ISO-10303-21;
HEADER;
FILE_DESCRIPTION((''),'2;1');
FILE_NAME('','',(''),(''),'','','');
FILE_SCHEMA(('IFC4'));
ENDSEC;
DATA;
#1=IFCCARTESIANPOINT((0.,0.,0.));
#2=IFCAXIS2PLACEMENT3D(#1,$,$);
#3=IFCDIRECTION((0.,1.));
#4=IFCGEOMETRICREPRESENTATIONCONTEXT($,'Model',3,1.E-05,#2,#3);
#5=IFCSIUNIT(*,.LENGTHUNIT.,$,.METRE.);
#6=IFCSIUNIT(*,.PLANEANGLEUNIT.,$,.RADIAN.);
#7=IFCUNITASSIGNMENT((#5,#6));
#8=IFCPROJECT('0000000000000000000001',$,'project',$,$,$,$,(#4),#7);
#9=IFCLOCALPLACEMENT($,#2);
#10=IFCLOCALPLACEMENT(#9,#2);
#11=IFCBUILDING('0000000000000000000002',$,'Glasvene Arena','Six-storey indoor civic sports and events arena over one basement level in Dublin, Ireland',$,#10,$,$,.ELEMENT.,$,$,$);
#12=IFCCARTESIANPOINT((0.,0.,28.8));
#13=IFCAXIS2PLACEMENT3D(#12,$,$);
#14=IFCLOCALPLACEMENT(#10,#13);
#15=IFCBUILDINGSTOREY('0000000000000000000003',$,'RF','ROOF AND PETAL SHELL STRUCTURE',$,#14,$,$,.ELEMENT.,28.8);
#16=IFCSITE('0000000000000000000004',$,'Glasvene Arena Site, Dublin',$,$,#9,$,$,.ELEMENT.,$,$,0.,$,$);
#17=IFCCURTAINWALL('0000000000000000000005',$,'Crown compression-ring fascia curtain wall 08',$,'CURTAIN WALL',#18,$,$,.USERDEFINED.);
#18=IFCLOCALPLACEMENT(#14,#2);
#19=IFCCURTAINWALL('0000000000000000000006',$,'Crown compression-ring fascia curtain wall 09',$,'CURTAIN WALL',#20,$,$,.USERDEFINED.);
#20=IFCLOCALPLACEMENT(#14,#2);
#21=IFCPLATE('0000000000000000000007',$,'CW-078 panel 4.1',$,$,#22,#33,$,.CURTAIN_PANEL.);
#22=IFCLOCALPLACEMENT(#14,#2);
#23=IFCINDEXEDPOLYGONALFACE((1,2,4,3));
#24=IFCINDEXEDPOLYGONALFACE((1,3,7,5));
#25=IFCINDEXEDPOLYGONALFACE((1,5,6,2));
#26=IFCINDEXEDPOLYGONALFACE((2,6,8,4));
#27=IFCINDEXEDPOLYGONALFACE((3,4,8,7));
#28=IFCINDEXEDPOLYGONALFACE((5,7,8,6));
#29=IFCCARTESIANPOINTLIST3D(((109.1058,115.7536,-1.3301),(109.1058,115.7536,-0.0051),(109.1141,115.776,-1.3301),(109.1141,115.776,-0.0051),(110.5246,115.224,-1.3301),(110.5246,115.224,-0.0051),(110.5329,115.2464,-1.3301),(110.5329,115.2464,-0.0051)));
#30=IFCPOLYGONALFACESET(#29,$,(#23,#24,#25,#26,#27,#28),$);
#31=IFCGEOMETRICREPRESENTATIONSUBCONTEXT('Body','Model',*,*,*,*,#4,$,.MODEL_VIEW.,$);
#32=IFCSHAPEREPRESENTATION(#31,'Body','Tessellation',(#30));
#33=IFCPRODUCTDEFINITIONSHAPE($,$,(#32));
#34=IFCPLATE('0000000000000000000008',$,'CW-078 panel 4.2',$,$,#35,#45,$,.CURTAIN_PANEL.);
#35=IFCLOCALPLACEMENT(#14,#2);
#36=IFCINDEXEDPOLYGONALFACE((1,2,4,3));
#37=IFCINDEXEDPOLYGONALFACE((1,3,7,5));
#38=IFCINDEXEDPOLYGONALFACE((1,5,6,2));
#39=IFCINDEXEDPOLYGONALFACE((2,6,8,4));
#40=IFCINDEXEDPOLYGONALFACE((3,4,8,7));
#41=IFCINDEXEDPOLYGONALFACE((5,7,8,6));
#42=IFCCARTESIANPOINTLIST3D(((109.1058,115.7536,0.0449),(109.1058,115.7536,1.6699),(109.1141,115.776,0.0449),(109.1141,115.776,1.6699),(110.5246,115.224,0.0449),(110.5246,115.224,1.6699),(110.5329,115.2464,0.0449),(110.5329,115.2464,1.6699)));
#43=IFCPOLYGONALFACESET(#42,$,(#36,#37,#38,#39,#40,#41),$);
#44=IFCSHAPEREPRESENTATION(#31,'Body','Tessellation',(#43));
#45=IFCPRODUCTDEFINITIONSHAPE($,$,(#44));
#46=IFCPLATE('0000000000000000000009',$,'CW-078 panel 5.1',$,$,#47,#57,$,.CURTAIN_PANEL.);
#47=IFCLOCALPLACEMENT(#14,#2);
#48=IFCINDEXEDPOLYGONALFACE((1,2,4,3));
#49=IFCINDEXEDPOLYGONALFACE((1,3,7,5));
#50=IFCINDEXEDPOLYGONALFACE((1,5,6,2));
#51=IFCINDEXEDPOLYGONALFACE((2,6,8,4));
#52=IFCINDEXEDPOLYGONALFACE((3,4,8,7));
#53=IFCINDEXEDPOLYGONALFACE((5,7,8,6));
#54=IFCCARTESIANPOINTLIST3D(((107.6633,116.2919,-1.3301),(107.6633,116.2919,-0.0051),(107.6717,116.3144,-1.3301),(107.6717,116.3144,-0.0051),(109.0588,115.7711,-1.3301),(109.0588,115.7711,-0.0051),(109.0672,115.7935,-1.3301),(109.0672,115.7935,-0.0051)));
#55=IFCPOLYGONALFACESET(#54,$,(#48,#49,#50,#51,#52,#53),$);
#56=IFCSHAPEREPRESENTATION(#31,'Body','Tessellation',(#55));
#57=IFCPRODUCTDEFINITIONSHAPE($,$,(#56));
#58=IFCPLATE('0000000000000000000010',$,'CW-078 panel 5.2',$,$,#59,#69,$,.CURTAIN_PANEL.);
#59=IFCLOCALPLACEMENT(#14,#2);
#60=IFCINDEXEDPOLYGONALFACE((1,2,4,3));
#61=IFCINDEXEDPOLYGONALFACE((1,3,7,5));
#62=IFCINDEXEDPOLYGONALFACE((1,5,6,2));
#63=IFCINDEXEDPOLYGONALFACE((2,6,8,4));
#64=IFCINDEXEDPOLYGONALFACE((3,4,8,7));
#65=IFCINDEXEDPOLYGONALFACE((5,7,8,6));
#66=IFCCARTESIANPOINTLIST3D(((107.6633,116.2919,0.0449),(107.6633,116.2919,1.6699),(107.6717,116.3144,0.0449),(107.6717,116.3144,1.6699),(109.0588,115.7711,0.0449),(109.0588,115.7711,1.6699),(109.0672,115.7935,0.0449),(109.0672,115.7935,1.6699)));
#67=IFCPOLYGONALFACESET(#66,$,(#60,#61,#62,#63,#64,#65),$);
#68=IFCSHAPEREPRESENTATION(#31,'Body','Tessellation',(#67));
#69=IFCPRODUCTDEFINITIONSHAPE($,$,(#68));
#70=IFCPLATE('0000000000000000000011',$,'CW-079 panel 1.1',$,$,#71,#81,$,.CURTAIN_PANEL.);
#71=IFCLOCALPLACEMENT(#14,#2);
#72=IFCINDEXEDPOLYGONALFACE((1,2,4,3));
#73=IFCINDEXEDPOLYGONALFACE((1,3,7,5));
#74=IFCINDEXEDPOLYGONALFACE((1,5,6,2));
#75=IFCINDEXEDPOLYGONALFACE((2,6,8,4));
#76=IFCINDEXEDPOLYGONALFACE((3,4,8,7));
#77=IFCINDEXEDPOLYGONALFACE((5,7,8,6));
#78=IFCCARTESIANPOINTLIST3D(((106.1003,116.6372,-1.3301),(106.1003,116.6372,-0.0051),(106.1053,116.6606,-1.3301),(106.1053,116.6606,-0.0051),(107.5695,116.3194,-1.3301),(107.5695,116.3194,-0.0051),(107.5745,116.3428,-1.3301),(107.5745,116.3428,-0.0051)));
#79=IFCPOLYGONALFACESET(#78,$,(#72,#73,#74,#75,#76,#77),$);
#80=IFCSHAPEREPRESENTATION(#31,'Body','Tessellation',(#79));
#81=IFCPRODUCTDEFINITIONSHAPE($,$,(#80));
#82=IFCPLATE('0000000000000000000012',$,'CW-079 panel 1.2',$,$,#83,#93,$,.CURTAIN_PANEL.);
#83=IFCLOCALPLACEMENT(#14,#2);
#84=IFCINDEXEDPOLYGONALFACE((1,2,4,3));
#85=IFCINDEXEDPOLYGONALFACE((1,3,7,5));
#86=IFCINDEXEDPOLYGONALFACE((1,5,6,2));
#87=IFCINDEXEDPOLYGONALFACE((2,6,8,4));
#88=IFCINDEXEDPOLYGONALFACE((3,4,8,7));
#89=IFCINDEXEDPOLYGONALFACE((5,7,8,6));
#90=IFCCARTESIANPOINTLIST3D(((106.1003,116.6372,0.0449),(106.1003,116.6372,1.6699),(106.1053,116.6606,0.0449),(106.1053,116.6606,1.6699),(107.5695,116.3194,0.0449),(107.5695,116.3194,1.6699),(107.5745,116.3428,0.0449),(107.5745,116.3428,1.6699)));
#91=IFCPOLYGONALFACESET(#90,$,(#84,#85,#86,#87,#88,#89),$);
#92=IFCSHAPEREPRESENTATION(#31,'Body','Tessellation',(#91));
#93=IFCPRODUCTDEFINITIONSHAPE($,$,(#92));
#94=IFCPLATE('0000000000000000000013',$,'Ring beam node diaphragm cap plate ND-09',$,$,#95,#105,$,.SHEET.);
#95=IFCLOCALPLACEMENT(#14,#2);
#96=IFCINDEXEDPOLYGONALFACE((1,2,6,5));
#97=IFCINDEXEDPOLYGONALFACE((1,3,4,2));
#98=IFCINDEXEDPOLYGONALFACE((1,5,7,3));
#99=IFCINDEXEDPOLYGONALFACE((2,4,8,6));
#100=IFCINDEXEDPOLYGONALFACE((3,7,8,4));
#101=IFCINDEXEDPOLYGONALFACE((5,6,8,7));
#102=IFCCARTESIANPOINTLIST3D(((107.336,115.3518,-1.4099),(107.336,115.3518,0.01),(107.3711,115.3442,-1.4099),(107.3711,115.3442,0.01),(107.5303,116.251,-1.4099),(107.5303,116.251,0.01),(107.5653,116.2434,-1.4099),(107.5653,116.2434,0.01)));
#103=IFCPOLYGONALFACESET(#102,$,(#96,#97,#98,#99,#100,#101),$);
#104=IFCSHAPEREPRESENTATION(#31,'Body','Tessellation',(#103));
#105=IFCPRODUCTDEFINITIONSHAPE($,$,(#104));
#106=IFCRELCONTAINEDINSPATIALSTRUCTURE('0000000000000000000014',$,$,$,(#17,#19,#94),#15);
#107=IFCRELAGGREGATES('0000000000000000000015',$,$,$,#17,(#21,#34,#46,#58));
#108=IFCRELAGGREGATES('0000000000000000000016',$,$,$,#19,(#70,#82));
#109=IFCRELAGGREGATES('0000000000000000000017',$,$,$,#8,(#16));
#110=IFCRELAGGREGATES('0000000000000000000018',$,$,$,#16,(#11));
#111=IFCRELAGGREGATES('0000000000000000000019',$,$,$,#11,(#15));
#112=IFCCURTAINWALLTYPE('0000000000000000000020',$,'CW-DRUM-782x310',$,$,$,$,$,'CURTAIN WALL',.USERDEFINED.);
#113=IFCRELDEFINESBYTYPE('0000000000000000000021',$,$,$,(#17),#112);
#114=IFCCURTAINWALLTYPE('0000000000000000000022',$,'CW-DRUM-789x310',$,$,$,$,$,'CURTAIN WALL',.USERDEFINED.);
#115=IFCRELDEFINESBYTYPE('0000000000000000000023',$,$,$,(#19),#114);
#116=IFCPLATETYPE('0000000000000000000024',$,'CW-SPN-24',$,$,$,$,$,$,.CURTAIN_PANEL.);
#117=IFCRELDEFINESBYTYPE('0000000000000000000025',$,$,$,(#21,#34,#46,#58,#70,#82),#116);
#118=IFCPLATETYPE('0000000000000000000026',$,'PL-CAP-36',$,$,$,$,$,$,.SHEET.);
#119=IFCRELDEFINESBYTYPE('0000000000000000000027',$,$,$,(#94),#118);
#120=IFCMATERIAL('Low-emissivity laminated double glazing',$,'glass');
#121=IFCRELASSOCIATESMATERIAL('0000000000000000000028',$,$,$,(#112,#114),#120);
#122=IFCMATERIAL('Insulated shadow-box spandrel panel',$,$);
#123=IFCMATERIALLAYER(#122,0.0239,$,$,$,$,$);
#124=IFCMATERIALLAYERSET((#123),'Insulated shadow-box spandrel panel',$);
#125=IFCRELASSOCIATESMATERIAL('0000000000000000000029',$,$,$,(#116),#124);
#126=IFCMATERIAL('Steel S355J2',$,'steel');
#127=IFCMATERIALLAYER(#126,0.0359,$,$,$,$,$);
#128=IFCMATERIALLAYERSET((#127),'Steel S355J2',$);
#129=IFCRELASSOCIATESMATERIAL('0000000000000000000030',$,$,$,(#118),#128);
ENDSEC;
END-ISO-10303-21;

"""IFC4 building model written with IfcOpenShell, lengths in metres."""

from ifc_helpers import new_model, si_unit, direction, frame, origin, origin_2d, place, context, subcontext, project, spatial, rectangle, extrude, material, layer, layer_set, type_object, element, aggregate, save


model = new_model("IFC4")

# Units and contexts
model_context = context("Model", 3, precision=1e-05, world=origin(), true_north=direction((0.0, 1.0)))
body_context = subcontext(model_context, "Body", "Model", "MODEL_VIEW")
ifc_project = project(units=[si_unit("LENGTHUNIT", "METRE"), si_unit("PLANEANGLEUNIT", "RADIAN")], contexts=[model_context])

# Site, building, storey
site_placement = place(None, origin())
site = spatial("IfcSite", under=ifc_project, at=site_placement, Name="Glasvene Arena Site, Dublin", CompositionType="ELEMENT", RefElevation=0.0)
building_placement = place(site_placement, origin())
building = spatial("IfcBuilding", under=site, at=building_placement, Name="Glasvene Arena", Description="Six-storey indoor civic sports and events arena over one basement level in Dublin, Ireland", CompositionType="ELEMENT")
storey_placement = place(building_placement, frame((0.0, 0.0, 28.8)))
storey = spatial("IfcBuildingStorey", under=building, at=storey_placement, Name="RF", Description="ROOF AND PETAL SHELL STRUCTURE", CompositionType="ELEMENT", Elevation=28.8)

# Shared definitions
ifc_material_1 = material(Name="Steel S355J2", Category="steel")

# Curtain wall
ifc_material_2 = material(Name="Low-emissivity laminated double glazing", Category="glass")
curtain_wall_type_1 = type_object("IfcCurtainWallType", Name="CW-DRUM-782x310", ElementType="CURTAIN WALL", PredefinedType="USERDEFINED", material=ifc_material_2)
curtain_wall_1_placement = place(storey_placement, frame((114.9492, 113.5852, 0.0)))
curtain_wall_1 = element("IfcCurtainWall", 1, at=curtain_wall_1_placement, inside=storey, type_object=curtain_wall_type_1, Name="Crown compression-ring fascia curtain wall 08", ObjectType="CURTAIN WALL", PredefinedType="USERDEFINED")

# Curtain wall
curtain_wall_type_2 = type_object("IfcCurtainWallType", Name="CW-DRUM-789x310", ElementType="CURTAIN WALL", PredefinedType="USERDEFINED", material=ifc_material_2)
curtain_wall_2_placement = place(storey_placement, frame((107.6208, 116.3206, 0.0)))
curtain_wall_2 = element("IfcCurtainWall", 2, at=curtain_wall_2_placement, inside=storey, type_object=curtain_wall_type_2, Name="Crown compression-ring fascia curtain wall 09", ObjectType="CURTAIN WALL", PredefinedType="USERDEFINED")

# Plates
ifc_material_3 = material(Name="Insulated shadow-box spandrel panel")
ifc_layer_1 = layer(ifc_material_3, 0.0239)
ifc_layer_set_1 = layer_set([ifc_layer_1], Name="Insulated shadow-box spandrel panel")
plate_type_1 = type_object("IfcPlateType", Name="CW-SPN-24", PredefinedType="CURTAIN_PANEL", material=ifc_layer_set_1)
plate_1_placement = place(storey_placement, frame((109.8193, 115.5, -1.3301), z_axis=(0.0, 0.0, 1.0), x_axis=(-0.936868, 0.349683, 0.0)))
plate_1 = element("IfcPlate", 3, at=plate_1_placement, type_object=plate_type_1, Name="CW-078 panel 4.1", PredefinedType="CURTAIN_PANEL", context=body_context, shape_type="SweptSolid", body=[
    extrude(rectangle(XDim=1.5144, YDim=0.0239, at=origin_2d()), origin(), (0.0, 0.0, 1.0), 1.325),
])
plate_2_placement = place(storey_placement, frame((109.8193, 115.5, 0.0449), z_axis=(0.0, 0.0, 1.0), x_axis=(-0.936868, 0.349683, 0.0)))
plate_2 = element("IfcPlate", 4, at=plate_2_placement, type_object=plate_type_1, Name="CW-078 panel 4.2", PredefinedType="CURTAIN_PANEL", context=body_context, shape_type="SweptSolid", body=[
    extrude(rectangle(XDim=1.5144, YDim=0.0239, at=origin_2d()), origin(), (0.0, 0.0, 1.0), 1.625),
])
plate_3_placement = place(storey_placement, frame((108.3652, 116.0427, -1.3301), z_axis=(0.0, 0.0, 1.0), x_axis=(-0.936868, 0.349683, 0.0)))
plate_3 = element("IfcPlate", 5, at=plate_3_placement, type_object=plate_type_1, Name="CW-078 panel 5.1", PredefinedType="CURTAIN_PANEL", context=body_context, shape_type="SweptSolid", body=[
    extrude(rectangle(XDim=1.4895, YDim=0.0239, at=origin_2d()), origin(), (0.0, 0.0, 1.0), 1.325),
])
plate_4_placement = place(storey_placement, frame((108.3652, 116.0427, 0.0449), z_axis=(0.0, 0.0, 1.0), x_axis=(-0.936868, 0.349683, 0.0)))
plate_4 = element("IfcPlate", 6, at=plate_4_placement, type_object=plate_type_1, Name="CW-078 panel 5.2", PredefinedType="CURTAIN_PANEL", context=body_context, shape_type="SweptSolid", body=[
    extrude(rectangle(XDim=1.4895, YDim=0.0239, at=origin_2d()), origin(), (0.0, 0.0, 1.0), 1.625),
])
aggregate(curtain_wall_1, [plate_1, plate_2, plate_3, plate_4])
plate_5_placement = place(storey_placement, frame((106.8374, 116.49, -1.3301), z_axis=(0.0, 0.0, 1.0), x_axis=(-0.97739, 0.211445, 0.0)))
plate_5 = element("IfcPlate", 7, at=plate_5_placement, type_object=plate_type_1, Name="CW-079 panel 1.1", PredefinedType="CURTAIN_PANEL", context=body_context, shape_type="SweptSolid", body=[
    extrude(rectangle(XDim=1.5032, YDim=0.0239, at=origin_2d()), origin(), (0.0, 0.0, 1.0), 1.325),
])
plate_6_placement = place(storey_placement, frame((106.8374, 116.49, 0.0449), z_axis=(0.0, 0.0, 1.0), x_axis=(-0.97739, 0.211445, 0.0)))
plate_6 = element("IfcPlate", 8, at=plate_6_placement, type_object=plate_type_1, Name="CW-079 panel 1.2", PredefinedType="CURTAIN_PANEL", context=body_context, shape_type="SweptSolid", body=[
    extrude(rectangle(XDim=1.5032, YDim=0.0239, at=origin_2d()), origin(), (0.0, 0.0, 1.0), 1.625),
])
aggregate(curtain_wall_2, [plate_5, plate_6])
ifc_layer_2 = layer(ifc_material_1, 0.0359)
ifc_layer_set_2 = layer_set([ifc_layer_2], Name="Steel S355J2")
plate_type_2 = type_object("IfcPlateType", Name="PL-CAP-36", PredefinedType="SHEET", material=ifc_layer_set_2)
plate_7_placement = place(storey_placement, frame((107.4507, 115.7976, -1.4099), z_axis=(0.0, 0.0, 1.0), x_axis=(-0.977453, 0.211154, 0.0)))
element("IfcPlate", 9, at=plate_7_placement, inside=storey, type_object=plate_type_2, Name="Ring beam node diaphragm cap plate ND-09", PredefinedType="SHEET", context=body_context, shape_type="SweptSolid", body=[
    extrude(rectangle(XDim=0.0359, YDim=0.9199, at=origin_2d()), origin(), (0.0, 0.0, 1.0), 1.4199),
])

save(model, "model.ifc")
